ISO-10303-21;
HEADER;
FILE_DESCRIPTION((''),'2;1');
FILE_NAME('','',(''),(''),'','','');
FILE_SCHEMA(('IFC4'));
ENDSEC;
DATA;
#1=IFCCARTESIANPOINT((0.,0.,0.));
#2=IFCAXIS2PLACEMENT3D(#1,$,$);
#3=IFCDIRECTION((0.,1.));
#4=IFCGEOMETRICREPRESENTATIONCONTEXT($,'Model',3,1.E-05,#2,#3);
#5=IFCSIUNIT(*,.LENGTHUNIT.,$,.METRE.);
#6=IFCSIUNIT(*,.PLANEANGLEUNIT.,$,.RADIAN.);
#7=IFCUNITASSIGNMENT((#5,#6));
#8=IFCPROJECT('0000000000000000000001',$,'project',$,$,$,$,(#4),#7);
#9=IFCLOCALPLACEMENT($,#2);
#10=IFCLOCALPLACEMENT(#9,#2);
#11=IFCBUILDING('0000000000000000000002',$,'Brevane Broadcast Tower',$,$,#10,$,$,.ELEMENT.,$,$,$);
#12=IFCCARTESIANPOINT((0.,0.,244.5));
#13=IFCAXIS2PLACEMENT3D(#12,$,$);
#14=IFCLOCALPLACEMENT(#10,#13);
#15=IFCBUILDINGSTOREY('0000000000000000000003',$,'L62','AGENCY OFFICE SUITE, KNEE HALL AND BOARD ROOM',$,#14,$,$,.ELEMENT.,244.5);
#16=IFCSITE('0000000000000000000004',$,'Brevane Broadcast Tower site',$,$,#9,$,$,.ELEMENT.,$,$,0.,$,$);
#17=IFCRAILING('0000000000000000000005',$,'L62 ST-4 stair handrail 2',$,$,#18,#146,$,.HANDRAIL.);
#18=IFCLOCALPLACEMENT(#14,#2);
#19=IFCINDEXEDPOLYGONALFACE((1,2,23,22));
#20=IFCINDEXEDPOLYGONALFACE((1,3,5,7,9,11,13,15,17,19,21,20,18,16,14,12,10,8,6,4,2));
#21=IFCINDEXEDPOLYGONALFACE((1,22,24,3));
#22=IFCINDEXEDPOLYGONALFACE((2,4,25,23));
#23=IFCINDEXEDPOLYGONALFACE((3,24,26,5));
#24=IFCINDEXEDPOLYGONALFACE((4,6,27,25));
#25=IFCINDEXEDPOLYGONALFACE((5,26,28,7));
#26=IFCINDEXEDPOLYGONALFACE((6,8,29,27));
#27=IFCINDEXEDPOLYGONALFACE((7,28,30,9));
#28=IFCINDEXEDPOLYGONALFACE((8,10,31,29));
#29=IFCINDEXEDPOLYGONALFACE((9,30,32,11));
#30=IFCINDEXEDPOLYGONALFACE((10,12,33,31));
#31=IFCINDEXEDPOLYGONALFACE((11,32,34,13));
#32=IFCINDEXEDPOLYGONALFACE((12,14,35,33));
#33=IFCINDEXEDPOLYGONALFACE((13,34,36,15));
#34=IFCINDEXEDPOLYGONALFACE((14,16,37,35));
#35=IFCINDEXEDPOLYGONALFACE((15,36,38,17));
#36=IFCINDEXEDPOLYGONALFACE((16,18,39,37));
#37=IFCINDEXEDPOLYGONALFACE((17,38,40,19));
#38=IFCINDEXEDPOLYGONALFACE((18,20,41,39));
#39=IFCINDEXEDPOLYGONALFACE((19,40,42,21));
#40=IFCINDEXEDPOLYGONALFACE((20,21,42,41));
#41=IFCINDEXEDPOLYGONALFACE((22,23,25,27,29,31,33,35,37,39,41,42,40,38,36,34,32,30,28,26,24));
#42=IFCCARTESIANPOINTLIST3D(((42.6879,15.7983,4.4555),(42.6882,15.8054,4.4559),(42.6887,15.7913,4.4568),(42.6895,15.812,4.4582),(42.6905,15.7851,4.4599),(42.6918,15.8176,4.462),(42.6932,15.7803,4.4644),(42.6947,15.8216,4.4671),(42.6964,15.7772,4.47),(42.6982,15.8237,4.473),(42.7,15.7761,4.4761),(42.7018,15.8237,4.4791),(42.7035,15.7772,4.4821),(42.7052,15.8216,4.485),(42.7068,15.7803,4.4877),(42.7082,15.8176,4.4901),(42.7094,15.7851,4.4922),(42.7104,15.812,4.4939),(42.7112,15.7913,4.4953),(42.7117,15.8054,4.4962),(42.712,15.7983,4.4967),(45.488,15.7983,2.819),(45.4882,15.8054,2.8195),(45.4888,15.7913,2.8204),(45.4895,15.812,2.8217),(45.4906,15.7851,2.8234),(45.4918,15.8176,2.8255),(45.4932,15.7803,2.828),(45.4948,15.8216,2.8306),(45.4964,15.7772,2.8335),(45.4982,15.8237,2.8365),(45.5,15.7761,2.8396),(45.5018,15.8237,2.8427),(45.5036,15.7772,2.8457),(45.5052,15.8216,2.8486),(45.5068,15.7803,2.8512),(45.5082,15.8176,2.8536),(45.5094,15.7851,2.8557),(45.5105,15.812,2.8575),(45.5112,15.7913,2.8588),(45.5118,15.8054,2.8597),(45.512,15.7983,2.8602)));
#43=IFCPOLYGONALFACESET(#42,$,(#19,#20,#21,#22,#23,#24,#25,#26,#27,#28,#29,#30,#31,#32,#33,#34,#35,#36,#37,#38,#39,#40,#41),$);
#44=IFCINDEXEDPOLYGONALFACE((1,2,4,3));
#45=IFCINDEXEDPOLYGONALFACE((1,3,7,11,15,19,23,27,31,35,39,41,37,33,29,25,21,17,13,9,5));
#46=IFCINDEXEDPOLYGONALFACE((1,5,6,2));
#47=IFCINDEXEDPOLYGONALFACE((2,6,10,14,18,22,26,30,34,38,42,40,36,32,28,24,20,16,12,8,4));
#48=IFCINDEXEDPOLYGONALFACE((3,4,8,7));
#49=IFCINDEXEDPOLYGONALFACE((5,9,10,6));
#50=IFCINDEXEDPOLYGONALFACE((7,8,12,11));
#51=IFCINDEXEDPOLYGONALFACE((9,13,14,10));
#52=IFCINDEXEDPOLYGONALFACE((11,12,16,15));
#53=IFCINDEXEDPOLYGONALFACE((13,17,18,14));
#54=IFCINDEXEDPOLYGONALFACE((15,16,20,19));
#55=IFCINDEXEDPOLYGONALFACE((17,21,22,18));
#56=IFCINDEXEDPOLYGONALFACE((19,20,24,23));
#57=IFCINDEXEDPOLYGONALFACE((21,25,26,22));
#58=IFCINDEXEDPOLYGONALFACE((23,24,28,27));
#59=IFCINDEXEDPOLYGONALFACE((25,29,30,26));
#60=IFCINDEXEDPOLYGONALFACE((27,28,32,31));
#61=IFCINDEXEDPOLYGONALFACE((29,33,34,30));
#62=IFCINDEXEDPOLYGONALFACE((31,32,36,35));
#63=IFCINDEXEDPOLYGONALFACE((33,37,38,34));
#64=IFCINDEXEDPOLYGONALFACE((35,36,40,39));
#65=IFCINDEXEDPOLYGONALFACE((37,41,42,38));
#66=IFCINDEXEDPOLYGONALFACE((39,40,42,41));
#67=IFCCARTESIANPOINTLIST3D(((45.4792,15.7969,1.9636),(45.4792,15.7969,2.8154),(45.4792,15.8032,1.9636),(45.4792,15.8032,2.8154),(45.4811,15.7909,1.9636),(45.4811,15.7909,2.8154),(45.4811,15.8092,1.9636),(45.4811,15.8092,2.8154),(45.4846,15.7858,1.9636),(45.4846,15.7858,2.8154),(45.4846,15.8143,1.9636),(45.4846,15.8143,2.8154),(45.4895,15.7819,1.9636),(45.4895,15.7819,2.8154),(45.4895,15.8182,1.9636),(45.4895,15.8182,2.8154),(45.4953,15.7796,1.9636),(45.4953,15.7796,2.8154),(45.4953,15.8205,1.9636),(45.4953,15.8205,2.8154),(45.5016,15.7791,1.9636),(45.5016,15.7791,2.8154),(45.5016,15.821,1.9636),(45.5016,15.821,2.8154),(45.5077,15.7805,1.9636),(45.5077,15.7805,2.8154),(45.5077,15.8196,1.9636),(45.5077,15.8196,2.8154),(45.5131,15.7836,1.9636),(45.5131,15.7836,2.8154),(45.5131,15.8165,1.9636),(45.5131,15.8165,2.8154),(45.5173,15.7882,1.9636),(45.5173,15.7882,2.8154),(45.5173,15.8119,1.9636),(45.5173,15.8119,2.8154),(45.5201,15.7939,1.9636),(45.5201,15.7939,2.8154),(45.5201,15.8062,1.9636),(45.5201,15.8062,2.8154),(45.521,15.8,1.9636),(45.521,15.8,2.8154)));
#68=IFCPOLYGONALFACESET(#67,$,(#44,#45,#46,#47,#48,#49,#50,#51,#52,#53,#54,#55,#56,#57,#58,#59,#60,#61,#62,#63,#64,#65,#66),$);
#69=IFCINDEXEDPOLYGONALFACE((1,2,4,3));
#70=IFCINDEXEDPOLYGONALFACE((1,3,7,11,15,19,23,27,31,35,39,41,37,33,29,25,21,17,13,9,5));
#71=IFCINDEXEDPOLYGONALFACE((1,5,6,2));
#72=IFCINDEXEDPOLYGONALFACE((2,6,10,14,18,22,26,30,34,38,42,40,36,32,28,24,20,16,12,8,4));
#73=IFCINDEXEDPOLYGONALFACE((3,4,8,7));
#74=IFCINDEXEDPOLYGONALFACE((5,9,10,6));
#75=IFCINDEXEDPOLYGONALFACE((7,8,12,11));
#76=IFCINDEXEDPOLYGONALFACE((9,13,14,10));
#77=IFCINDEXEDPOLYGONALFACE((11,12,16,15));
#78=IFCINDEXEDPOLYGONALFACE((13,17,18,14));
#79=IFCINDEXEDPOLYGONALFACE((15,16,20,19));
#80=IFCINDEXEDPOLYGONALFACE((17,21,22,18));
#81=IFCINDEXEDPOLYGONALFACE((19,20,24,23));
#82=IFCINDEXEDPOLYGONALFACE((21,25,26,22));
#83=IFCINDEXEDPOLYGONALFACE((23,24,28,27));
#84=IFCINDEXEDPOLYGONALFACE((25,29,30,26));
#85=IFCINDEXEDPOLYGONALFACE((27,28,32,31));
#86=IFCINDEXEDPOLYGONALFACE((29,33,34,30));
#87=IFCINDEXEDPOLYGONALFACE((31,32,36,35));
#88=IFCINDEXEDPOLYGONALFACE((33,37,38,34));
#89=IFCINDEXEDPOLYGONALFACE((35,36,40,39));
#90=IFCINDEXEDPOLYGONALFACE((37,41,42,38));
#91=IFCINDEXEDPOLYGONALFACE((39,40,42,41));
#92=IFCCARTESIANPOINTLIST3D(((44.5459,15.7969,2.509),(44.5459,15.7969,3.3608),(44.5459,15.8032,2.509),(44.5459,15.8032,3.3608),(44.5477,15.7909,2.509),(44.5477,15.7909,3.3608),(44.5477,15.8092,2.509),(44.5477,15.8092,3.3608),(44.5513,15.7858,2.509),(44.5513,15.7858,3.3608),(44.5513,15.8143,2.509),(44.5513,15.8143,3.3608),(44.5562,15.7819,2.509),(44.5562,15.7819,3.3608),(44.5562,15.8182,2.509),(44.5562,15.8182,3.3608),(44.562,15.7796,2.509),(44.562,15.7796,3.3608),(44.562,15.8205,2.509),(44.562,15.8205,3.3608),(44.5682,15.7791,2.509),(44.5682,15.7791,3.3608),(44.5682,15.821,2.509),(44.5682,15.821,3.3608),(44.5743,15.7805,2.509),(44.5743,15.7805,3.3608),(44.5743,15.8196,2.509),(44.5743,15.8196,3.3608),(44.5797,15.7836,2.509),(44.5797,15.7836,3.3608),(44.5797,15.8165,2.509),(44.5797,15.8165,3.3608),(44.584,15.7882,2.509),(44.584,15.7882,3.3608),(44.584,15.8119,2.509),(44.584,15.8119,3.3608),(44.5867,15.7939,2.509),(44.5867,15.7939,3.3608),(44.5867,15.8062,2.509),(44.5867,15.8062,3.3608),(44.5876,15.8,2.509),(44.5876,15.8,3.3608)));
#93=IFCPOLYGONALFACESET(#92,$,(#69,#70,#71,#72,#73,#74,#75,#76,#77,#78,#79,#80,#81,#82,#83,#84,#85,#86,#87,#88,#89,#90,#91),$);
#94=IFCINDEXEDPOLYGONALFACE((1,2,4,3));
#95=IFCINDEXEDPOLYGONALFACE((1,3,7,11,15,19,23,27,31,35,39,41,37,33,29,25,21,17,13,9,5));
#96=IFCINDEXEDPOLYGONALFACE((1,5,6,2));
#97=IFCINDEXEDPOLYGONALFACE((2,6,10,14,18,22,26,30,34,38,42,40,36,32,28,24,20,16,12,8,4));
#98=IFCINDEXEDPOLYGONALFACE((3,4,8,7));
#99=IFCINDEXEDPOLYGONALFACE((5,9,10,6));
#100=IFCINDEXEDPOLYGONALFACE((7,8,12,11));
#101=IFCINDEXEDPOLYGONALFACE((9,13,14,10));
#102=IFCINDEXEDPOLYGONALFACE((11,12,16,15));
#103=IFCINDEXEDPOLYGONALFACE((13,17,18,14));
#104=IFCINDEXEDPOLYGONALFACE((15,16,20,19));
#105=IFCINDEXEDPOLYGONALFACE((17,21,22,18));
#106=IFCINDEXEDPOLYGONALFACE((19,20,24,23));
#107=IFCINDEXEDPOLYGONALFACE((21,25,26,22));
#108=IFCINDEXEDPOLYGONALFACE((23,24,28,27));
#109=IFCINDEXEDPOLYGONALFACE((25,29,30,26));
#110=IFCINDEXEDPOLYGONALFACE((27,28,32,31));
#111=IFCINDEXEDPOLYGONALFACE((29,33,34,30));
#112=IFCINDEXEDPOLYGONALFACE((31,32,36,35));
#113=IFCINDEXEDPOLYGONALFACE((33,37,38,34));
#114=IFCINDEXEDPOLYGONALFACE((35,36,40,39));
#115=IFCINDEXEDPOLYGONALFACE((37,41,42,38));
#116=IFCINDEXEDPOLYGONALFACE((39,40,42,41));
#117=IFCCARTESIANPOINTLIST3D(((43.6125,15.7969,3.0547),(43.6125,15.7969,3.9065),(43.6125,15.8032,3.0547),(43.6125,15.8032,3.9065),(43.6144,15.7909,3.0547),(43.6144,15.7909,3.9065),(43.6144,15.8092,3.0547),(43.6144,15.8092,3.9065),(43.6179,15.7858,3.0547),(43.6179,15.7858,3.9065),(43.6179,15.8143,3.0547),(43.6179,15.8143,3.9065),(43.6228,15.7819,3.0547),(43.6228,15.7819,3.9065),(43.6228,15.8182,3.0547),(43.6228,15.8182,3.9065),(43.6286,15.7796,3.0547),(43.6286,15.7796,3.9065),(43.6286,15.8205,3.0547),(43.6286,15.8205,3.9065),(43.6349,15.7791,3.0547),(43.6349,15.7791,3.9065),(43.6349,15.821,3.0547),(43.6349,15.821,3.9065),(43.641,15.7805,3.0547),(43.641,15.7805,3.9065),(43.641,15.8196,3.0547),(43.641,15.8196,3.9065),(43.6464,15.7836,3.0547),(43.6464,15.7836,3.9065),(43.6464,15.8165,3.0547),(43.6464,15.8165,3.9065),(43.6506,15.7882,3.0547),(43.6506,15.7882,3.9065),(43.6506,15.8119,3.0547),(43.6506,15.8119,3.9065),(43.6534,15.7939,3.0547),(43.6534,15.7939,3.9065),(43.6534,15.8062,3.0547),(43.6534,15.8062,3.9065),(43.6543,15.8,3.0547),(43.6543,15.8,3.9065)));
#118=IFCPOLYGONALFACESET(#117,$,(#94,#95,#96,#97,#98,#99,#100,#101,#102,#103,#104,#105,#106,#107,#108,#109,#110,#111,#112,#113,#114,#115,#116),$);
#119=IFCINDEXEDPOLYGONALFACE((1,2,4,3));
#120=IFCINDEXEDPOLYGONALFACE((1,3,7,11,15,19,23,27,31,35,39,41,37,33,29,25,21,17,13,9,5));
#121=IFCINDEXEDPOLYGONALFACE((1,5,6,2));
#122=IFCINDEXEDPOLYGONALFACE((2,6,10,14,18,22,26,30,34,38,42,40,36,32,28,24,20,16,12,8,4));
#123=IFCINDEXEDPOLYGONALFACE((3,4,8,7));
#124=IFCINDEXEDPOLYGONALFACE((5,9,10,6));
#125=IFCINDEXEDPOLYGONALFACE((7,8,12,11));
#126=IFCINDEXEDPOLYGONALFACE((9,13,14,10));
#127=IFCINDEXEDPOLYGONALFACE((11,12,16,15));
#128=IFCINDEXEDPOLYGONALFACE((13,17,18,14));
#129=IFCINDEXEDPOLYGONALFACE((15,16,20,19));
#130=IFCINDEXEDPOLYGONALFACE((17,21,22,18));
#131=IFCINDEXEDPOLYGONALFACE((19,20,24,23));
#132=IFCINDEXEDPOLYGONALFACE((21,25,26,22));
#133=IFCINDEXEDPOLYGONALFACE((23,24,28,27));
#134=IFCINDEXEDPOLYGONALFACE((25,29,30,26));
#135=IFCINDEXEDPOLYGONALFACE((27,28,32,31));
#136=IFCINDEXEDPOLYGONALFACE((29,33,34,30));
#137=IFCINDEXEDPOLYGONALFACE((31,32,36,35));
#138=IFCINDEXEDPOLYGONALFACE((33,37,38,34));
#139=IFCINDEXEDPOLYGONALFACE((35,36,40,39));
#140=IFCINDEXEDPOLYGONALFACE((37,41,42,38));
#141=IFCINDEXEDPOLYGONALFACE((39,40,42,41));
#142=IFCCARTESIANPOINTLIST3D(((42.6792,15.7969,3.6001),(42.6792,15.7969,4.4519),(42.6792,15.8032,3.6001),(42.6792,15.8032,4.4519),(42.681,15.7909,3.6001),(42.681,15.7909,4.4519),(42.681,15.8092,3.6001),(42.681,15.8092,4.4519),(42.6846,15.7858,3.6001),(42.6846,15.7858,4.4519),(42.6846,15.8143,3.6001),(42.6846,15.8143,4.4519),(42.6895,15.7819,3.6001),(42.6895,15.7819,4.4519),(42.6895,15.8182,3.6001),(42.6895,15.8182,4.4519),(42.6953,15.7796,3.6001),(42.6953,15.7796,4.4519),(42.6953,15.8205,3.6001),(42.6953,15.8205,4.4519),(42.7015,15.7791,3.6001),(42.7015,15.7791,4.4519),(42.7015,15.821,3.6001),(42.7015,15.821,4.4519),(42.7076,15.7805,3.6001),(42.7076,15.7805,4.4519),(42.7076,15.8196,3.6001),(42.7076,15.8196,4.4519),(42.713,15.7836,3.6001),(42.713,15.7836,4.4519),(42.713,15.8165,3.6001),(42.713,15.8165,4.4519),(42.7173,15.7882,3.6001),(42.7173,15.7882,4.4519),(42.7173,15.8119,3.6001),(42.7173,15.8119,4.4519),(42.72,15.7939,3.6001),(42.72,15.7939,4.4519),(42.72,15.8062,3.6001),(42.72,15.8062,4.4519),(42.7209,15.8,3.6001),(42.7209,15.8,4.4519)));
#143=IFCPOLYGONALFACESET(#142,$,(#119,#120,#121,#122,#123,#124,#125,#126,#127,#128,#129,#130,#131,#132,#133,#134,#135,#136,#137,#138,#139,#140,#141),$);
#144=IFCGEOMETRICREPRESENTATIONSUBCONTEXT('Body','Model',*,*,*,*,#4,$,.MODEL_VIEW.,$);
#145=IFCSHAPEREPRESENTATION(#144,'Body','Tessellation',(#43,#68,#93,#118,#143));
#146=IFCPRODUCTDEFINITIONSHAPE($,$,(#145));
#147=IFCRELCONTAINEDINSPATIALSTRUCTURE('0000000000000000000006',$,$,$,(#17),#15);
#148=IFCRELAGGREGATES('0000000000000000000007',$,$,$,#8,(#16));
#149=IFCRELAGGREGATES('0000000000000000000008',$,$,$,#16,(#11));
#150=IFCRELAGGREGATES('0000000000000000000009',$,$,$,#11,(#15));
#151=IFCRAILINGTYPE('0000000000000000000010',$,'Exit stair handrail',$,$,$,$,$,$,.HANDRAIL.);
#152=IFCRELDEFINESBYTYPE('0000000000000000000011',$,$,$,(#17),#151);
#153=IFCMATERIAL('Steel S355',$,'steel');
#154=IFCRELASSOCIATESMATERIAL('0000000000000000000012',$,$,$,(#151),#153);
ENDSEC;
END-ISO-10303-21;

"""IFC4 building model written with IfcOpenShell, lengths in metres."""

from ifc_helpers import new_model, si_unit, direction, frame, origin, origin_2d, place, context, subcontext, project, spatial, circle, extrude, material, type_object, element, save


model = new_model("IFC4")

# Units and contexts
model_context = context("Model", 3, precision=1e-05, world=origin(), true_north=direction((0.0, 1.0)))
body_context = subcontext(model_context, "Body", "Model", "MODEL_VIEW")
ifc_project = project(units=[si_unit("LENGTHUNIT", "METRE"), si_unit("PLANEANGLEUNIT", "RADIAN")], contexts=[model_context])

# Site, building, storey
site_placement = place(None, origin())
site = spatial("IfcSite", under=ifc_project, at=site_placement, Name="Brevane Broadcast Tower site", CompositionType="ELEMENT", RefElevation=0.0)
building_placement = place(site_placement, origin())
building = spatial("IfcBuilding", under=site, at=building_placement, Name="Brevane Broadcast Tower", CompositionType="ELEMENT")
storey_placement = place(building_placement, frame((0.0, 0.0, 244.5)))
storey = spatial("IfcBuildingStorey", under=building, at=storey_placement, Name="L62", Description="AGENCY OFFICE SUITE, KNEE HALL AND BOARD ROOM", CompositionType="ELEMENT", Elevation=244.5)

# Railing
ifc_material_1 = material(Name="Steel S355", Category="steel")
railing_type = type_object("IfcRailingType", Name="Exit stair handrail", PredefinedType="HANDRAIL", material=ifc_material_1)
railing_placement = place(storey_placement, frame((45.5, 15.8, 1.9636)))
element("IfcRailing", 1, at=railing_placement, inside=storey, type_object=railing_type, Name="L62 ST-4 stair handrail 2", PredefinedType="HANDRAIL", context=body_context, shape_type="SweptSolid", body=[
    extrude(circle(Radius=0.0239, at=origin_2d()), frame((0.0, 0.0, 0.876), z_axis=(-0.863361, 0.0, 0.504587), x_axis=(0.0, -1.0, 0.0)), (0.0, 0.0, 1.0), 3.2432),
    extrude(circle(Radius=0.021, at=origin_2d()), origin(), (0.0, 0.0, 1.0), 0.8518),
    extrude(circle(Radius=0.021, at=origin_2d()), frame((-0.9333, 0.0, 0.5454)), (0.0, 0.0, 1.0), 0.8518),
    extrude(circle(Radius=0.021, at=origin_2d()), frame((-1.8667, 0.0, 1.0911)), (0.0, 0.0, 1.0), 0.8518),
    extrude(circle(Radius=0.021, at=origin_2d()), frame((-2.8, 0.0, 1.6365)), (0.0, 0.0, 1.0), 0.8518),
])

save(model, "model.ifc")
